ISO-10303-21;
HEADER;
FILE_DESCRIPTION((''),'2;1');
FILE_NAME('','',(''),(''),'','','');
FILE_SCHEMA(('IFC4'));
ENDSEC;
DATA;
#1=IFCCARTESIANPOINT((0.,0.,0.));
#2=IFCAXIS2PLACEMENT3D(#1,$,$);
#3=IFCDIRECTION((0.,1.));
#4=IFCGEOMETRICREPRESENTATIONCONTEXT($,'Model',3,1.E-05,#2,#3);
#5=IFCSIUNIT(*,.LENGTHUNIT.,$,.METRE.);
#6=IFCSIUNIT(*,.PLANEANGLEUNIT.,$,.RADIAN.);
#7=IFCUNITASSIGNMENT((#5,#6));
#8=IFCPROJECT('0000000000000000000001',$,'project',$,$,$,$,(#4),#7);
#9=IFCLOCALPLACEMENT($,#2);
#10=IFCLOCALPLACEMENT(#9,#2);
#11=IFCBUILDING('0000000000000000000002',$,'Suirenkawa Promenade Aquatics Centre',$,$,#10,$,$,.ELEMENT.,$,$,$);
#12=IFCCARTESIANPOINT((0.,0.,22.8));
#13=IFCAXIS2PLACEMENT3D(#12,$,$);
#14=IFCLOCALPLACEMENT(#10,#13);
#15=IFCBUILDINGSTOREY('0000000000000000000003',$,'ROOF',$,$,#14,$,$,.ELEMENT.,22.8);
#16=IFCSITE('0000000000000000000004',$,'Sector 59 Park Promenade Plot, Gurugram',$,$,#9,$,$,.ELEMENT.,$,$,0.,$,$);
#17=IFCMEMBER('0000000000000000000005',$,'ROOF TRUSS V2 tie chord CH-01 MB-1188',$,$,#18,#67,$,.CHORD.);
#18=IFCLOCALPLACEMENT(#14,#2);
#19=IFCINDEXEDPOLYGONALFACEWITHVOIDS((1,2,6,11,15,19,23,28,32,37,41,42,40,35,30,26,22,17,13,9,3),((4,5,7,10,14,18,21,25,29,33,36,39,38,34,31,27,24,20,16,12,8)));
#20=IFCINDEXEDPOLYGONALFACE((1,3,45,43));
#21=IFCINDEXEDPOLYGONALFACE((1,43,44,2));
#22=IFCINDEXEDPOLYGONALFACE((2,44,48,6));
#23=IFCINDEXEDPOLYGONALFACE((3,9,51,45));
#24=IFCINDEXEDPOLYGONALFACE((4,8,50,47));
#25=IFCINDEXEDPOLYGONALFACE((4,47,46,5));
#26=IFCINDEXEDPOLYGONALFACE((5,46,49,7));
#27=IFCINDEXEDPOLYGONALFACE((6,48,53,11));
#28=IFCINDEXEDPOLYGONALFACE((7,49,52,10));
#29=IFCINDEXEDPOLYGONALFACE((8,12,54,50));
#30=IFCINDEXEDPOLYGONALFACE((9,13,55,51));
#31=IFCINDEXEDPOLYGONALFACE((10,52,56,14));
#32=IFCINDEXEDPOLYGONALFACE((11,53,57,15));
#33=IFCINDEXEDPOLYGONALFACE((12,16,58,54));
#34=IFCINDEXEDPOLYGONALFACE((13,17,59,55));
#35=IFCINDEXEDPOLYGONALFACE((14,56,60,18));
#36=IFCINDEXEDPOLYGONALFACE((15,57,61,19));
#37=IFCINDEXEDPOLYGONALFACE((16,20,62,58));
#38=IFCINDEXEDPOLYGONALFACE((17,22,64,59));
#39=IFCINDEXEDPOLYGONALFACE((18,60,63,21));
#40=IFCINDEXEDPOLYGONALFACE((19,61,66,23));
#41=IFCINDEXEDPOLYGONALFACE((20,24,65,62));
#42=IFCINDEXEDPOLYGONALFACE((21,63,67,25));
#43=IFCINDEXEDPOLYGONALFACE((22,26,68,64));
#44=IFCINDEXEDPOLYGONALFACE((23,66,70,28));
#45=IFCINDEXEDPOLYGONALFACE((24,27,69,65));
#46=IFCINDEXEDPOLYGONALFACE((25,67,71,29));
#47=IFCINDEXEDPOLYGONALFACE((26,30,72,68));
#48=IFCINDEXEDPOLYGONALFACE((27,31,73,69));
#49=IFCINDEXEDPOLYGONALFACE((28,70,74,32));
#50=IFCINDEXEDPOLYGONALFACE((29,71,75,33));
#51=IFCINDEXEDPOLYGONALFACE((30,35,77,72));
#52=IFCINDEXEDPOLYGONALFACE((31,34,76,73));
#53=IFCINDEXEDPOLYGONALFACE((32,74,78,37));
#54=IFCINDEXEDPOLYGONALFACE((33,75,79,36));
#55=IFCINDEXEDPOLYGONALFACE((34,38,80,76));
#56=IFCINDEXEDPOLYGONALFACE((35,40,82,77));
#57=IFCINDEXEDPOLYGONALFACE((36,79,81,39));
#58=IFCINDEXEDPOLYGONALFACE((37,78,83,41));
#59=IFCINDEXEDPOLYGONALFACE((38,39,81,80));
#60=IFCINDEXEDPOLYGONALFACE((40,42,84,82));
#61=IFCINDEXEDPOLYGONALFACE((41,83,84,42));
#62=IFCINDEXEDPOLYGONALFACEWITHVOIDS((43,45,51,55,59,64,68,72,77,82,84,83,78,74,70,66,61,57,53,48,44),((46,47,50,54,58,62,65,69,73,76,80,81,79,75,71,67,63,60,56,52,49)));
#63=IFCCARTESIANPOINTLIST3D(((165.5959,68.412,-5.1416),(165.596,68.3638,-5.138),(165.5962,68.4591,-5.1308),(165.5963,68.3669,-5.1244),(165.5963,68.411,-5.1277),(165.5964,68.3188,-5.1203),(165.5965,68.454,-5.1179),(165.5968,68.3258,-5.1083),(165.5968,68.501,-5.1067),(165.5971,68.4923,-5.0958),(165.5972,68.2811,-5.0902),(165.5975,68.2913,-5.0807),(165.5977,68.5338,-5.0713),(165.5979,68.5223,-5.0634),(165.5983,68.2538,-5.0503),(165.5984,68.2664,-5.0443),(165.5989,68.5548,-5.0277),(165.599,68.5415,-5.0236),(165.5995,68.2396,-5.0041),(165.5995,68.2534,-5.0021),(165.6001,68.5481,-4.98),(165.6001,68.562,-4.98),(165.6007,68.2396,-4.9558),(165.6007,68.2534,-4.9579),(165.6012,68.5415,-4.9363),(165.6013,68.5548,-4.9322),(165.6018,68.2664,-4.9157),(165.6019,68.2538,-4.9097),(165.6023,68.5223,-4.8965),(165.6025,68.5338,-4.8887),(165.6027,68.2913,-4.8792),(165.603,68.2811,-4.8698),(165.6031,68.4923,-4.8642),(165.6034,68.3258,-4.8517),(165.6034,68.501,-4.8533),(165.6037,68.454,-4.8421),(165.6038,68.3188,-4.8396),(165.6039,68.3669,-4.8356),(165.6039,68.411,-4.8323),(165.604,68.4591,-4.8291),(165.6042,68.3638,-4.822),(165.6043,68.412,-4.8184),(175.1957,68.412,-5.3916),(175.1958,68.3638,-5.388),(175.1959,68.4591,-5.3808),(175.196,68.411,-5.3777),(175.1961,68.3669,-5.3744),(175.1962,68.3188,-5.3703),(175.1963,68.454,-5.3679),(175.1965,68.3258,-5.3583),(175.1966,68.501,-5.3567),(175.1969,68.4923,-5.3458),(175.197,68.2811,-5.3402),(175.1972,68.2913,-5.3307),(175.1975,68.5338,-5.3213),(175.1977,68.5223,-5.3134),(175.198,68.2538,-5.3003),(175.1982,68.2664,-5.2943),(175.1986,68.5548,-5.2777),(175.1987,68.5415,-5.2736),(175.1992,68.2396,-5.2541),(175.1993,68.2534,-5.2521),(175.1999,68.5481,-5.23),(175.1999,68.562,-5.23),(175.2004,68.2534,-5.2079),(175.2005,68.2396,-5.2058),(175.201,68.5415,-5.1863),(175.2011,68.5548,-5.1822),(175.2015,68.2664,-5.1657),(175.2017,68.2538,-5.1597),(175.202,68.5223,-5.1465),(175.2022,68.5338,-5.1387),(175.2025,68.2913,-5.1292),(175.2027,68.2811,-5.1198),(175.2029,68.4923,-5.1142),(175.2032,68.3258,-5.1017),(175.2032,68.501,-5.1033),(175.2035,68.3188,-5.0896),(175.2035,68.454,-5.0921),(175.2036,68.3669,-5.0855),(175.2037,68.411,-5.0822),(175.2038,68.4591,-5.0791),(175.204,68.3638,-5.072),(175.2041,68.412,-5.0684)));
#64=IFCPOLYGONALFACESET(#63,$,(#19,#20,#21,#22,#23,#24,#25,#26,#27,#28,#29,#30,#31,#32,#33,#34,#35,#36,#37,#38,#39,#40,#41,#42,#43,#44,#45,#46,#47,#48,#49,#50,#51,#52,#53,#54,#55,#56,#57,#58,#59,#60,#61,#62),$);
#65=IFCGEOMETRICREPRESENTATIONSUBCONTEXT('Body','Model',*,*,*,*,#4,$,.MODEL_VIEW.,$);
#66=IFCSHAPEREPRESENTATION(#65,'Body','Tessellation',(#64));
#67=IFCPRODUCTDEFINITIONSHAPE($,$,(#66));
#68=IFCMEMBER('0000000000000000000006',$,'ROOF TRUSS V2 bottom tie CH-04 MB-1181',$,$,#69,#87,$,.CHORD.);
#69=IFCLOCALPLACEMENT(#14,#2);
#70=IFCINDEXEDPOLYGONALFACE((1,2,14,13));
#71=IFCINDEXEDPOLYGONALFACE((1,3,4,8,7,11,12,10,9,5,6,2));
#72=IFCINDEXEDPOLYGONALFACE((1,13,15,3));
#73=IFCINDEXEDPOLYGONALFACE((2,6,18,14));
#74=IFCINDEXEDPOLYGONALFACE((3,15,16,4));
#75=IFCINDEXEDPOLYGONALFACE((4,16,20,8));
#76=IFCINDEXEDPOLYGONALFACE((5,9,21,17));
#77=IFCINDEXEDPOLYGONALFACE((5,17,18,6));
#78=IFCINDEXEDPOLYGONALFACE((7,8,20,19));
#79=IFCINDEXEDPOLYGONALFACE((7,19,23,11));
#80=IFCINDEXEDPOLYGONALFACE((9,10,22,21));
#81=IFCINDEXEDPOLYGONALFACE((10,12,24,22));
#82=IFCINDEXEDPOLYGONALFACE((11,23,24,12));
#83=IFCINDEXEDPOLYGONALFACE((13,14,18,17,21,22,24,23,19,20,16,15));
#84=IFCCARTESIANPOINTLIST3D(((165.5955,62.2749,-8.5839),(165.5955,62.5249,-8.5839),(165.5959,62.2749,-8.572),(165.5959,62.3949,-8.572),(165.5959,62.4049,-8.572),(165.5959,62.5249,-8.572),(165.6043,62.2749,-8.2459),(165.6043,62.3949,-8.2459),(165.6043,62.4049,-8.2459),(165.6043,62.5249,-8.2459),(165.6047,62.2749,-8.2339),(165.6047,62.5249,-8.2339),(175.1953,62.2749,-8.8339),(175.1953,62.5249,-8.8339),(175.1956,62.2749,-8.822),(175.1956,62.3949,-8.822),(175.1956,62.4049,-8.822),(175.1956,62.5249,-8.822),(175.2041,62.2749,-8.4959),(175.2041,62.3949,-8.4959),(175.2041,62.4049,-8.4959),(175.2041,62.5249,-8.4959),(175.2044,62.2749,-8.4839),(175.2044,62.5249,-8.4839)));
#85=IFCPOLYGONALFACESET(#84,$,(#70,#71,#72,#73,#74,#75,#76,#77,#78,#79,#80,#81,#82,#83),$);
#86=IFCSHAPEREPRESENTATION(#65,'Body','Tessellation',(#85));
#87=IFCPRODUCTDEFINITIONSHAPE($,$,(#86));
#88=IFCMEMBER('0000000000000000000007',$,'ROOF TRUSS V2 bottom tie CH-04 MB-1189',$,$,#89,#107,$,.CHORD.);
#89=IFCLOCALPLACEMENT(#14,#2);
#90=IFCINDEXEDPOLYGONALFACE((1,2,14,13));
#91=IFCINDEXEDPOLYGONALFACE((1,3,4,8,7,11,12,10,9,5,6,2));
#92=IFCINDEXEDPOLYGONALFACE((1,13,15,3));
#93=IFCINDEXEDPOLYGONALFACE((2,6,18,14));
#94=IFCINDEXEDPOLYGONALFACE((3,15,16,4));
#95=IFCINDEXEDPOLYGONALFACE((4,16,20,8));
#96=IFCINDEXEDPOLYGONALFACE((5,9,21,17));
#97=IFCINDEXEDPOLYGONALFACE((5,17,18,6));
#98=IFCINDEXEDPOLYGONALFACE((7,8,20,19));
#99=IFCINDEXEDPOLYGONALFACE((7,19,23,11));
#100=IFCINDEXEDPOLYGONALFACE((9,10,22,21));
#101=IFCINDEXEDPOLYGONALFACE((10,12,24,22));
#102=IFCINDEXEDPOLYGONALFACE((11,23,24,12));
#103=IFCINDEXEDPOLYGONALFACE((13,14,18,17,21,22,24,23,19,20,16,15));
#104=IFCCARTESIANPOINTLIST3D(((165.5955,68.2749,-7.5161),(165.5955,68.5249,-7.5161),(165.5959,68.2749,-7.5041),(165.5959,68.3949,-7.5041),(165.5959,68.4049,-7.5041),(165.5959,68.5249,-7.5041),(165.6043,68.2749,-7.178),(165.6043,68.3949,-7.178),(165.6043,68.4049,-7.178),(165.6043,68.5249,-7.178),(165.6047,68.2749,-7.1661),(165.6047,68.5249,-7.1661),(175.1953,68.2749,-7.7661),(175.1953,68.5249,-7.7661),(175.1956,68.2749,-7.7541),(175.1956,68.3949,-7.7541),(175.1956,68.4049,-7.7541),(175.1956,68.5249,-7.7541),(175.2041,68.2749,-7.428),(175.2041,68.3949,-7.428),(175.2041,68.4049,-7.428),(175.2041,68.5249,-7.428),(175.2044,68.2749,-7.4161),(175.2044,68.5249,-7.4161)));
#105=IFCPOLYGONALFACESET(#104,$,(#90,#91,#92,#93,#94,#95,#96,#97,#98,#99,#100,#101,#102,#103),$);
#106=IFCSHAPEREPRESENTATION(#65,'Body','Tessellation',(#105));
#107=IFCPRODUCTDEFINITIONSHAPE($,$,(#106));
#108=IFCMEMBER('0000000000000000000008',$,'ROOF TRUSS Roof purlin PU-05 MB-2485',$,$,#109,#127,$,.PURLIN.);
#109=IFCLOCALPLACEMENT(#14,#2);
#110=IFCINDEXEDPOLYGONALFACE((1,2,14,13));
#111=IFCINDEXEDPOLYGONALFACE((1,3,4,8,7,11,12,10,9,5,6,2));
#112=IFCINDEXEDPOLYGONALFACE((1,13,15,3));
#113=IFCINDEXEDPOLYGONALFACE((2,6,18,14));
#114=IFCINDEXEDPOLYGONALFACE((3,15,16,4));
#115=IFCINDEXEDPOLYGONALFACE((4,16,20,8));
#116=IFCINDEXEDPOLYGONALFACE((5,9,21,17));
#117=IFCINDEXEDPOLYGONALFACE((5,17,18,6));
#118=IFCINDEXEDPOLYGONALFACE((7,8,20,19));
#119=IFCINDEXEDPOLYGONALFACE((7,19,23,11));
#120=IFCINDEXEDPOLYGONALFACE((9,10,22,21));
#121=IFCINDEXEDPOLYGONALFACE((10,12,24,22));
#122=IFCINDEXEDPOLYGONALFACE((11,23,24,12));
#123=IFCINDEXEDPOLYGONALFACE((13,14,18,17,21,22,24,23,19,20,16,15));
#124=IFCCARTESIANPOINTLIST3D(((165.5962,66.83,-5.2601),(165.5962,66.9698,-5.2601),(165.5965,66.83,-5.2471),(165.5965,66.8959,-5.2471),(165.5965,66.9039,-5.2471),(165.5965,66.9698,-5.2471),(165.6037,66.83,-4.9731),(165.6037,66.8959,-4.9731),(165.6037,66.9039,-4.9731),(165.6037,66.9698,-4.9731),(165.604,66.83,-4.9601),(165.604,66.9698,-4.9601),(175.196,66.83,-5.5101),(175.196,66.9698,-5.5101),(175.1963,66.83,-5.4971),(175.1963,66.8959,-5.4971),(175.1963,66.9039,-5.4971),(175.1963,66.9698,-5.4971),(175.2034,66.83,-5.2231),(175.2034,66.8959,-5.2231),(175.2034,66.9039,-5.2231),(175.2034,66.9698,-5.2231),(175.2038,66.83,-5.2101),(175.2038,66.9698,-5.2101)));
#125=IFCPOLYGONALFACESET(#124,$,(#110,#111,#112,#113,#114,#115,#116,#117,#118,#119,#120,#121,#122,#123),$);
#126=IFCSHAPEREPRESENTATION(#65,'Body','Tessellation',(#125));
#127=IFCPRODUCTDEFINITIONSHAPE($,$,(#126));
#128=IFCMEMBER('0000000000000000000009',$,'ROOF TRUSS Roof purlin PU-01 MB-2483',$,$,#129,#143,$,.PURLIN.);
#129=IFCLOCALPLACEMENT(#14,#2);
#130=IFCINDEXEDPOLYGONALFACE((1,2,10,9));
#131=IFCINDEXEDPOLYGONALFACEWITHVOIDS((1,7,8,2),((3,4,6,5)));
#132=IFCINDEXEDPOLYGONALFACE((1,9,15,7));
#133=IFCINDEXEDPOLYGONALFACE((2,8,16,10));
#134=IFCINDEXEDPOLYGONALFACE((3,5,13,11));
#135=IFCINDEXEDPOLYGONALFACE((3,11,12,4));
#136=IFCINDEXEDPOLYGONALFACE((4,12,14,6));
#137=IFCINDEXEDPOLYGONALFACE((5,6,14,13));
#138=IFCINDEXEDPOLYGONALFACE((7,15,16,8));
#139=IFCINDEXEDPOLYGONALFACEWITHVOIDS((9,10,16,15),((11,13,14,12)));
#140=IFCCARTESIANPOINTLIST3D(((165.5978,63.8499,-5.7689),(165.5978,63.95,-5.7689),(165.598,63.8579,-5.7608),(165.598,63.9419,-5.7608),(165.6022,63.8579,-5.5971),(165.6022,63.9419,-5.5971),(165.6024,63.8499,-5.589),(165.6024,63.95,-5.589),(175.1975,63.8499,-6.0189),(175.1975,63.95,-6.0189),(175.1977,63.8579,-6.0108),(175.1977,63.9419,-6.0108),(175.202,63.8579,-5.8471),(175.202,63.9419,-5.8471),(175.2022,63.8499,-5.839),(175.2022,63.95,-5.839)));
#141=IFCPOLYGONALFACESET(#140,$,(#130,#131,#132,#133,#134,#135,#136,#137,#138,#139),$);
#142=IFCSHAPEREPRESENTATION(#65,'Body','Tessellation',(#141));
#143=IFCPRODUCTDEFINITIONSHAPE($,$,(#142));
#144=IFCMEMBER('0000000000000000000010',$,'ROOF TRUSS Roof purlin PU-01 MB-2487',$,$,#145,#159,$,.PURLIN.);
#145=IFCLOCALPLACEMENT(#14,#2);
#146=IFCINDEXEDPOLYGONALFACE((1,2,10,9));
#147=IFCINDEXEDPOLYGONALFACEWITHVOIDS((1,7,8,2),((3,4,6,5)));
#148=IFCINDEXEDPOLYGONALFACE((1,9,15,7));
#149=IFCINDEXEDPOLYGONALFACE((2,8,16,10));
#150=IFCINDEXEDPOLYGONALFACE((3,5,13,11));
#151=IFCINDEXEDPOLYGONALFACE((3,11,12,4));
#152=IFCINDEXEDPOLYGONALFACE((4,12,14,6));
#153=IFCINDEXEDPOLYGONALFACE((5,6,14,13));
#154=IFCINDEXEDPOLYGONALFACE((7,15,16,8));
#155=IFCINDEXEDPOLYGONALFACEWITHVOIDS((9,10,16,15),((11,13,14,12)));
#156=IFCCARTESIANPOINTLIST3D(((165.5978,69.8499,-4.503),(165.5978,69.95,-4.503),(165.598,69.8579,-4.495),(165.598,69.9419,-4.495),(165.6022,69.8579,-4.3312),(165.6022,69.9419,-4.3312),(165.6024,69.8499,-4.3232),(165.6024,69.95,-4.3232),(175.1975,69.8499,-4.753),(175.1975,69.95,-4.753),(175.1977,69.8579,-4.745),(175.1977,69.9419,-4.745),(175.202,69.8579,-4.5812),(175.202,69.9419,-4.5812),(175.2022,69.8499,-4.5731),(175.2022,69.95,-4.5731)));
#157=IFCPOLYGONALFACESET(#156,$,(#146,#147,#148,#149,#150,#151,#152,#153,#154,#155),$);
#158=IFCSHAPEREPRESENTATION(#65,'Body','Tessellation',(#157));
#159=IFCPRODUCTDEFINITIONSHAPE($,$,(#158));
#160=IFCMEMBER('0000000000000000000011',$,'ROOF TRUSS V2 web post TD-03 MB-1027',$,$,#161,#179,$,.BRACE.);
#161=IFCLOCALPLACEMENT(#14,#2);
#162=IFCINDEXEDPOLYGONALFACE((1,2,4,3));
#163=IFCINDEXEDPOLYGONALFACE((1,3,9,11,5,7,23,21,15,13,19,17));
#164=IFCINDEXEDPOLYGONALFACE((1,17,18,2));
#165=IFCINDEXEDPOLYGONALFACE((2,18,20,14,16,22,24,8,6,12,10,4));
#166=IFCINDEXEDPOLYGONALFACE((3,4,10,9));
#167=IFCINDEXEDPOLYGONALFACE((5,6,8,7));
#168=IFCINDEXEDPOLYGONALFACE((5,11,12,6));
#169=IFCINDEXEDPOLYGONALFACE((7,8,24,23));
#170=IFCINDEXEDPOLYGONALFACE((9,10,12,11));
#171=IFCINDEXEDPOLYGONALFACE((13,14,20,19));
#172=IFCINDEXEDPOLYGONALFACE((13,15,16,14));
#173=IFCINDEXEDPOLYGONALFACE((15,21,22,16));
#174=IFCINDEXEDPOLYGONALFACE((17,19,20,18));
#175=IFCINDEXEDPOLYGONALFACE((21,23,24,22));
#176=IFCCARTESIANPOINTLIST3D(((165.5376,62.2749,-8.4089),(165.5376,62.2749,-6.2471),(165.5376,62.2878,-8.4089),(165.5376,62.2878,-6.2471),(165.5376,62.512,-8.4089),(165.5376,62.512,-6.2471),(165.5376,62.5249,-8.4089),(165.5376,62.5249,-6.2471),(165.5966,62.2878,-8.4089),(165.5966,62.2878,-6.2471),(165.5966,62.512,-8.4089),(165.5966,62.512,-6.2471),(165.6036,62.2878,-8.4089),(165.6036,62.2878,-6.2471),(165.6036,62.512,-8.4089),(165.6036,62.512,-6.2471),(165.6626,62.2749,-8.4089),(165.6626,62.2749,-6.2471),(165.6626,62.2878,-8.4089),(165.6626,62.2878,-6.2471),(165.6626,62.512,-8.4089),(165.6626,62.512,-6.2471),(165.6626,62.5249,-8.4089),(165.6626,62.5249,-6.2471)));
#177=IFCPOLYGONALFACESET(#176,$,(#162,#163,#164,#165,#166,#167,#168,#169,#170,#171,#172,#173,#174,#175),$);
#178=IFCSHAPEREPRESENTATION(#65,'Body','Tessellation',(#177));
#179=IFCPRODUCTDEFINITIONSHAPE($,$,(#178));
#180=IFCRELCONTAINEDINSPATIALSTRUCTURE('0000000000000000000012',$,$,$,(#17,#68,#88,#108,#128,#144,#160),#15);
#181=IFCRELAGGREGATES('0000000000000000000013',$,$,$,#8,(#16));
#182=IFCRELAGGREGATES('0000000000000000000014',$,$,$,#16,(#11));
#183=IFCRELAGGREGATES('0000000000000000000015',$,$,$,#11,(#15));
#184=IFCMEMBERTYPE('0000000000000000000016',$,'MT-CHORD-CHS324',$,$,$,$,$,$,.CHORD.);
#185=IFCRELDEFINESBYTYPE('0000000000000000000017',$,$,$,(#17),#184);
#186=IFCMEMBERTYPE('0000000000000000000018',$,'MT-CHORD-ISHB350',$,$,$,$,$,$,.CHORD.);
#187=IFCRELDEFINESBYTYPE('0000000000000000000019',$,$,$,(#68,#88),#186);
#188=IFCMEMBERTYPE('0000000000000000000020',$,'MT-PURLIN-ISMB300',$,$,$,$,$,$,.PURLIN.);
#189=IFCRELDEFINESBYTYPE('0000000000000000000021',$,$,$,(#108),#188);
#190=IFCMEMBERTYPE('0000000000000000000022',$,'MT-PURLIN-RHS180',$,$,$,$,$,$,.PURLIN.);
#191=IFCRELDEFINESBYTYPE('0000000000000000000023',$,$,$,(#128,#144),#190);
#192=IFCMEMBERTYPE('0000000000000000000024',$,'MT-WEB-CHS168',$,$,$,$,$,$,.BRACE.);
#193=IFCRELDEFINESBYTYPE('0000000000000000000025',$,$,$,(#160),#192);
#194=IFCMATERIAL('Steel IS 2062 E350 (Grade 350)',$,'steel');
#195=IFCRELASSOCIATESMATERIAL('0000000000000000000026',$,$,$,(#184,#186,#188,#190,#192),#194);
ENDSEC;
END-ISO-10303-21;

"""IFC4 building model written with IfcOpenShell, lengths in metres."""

from ifc_helpers import new_model, si_unit, direction, frame, origin, origin_2d, place, context, subcontext, project, spatial, hollow_rectangle, hollow_circle, i_section, extrude, material, material_profile, profile_set, type_object, element, save


model = new_model("IFC4")

# Units and contexts
model_context = context("Model", 3, precision=1e-05, world=origin(), true_north=direction((0.0, 1.0)))
body_context = subcontext(model_context, "Body", "Model", "MODEL_VIEW")
ifc_project = project(units=[si_unit("LENGTHUNIT", "METRE"), si_unit("PLANEANGLEUNIT", "RADIAN")], contexts=[model_context])

# Site, building, storey
site_placement = place(None, origin())
site = spatial("IfcSite", under=ifc_project, at=site_placement, Name="Sector 59 Park Promenade Plot, Gurugram", CompositionType="ELEMENT", RefElevation=0.0)
building_placement = place(site_placement, origin())
building = spatial("IfcBuilding", under=site, at=building_placement, Name="Suirenkawa Promenade Aquatics Centre", CompositionType="ELEMENT")
storey_placement = place(building_placement, frame((0.0, 0.0, 22.8)))
storey = spatial("IfcBuildingStorey", under=building, at=storey_placement, Name="ROOF", CompositionType="ELEMENT", Elevation=22.8)

# Shared definitions
ifc_material = material(Name="Steel IS 2062 E350 (Grade 350)", Category="steel")

# Members
ifc_material_profile_1 = material_profile(ifc_material, hollow_circle(Radius=0.1621, WallThickness=0.0139, at=origin_2d()), Name="CHS 324x14", Category="steel")
ifc_profile_set_1 = profile_set([ifc_material_profile_1], Name="Steel IS 2062 E350 (Grade 350)")
member_type_1 = type_object("IfcMemberType", Name="MT-CHORD-CHS324", PredefinedType="CHORD", material=ifc_profile_set_1)
for number, where, z_axis, x_axis, name in (
    (1, (165.6001, 68.3999, -4.98), (0.999661, 0.0, -0.026033), (0.0, 1.0, 0.0), "ROOF TRUSS V2 tie chord CH-01 MB-1188"),
):
    element("IfcMember", number, at=place(storey_placement, frame(where, z_axis=z_axis, x_axis=x_axis)), inside=storey, type_object=member_type_1, Name=name, PredefinedType="CHORD", context=body_context, shape_type="SweptSolid", body=[
        extrude(hollow_circle(Radius=0.1621, WallThickness=0.0139, at=origin_2d()), origin(), (0.0, 0.0, 1.0), 9.603),
    ])
ifc_material_profile_2 = material_profile(ifc_material, i_section(OverallWidth=0.25, OverallDepth=0.3501, WebThickness=0.01, FlangeThickness=0.012, at=origin_2d()), Name="ISHB 350", Category="steel")
ifc_profile_set_2 = profile_set([ifc_material_profile_2], Name="Steel IS 2062 E350 (Grade 350)")
member_type_2 = type_object("IfcMemberType", Name="MT-CHORD-ISHB350", PredefinedType="CHORD", material=ifc_profile_set_2)
for number, where, z_axis, x_axis, name in (
    (2, (165.6001, 62.3999, -8.4089), (0.999661, 0.0, -0.026033), (0.0, 1.0, 0.0), "ROOF TRUSS V2 bottom tie CH-04 MB-1181"),
    (3, (165.6001, 68.3999, -7.3411), (0.999661, 0.0, -0.026033), (0.0, 1.0, 0.0), "ROOF TRUSS V2 bottom tie CH-04 MB-1189"),
):
    element("IfcMember", number, at=place(storey_placement, frame(where, z_axis=z_axis, x_axis=x_axis)), inside=storey, type_object=member_type_2, Name=name, PredefinedType="CHORD", context=body_context, shape_type="SweptSolid", body=[
        extrude(i_section(OverallWidth=0.25, OverallDepth=0.3501, WebThickness=0.01, FlangeThickness=0.012, at=origin_2d()), origin(), (0.0, 0.0, 1.0), 9.603),
    ])
ifc_material_profile_3 = material_profile(ifc_material, i_section(OverallWidth=0.1399, OverallDepth=0.3, WebThickness=0.0081, FlangeThickness=0.0129, at=origin_2d()), Name="ISMB 300", Category="steel")
ifc_profile_set_3 = profile_set([ifc_material_profile_3], Name="Steel IS 2062 E350 (Grade 350)")
member_type_3 = type_object("IfcMemberType", Name="MT-PURLIN-ISMB300", PredefinedType="PURLIN", material=ifc_profile_set_3)
member_1_placement = place(storey_placement, frame((165.6001, 66.8999, -5.1101), z_axis=(0.999661, 0.0, -0.026033), x_axis=(0.0, 1.0, 0.0)))
element("IfcMember", 4, at=member_1_placement, inside=storey, type_object=member_type_3, Name="ROOF TRUSS Roof purlin PU-05 MB-2485", PredefinedType="PURLIN", context=body_context, shape_type="SweptSolid", body=[
    extrude(i_section(OverallWidth=0.1399, OverallDepth=0.3, WebThickness=0.0081, FlangeThickness=0.0129, at=origin_2d()), origin(), (0.0, 0.0, 1.0), 9.603),
])
ifc_material_profile_4 = material_profile(ifc_material, hollow_rectangle(XDim=0.1001, YDim=0.1799, WallThickness=0.0081, at=origin_2d()), Name="RHS 180x100x8", Category="steel")
ifc_profile_set_4 = profile_set([ifc_material_profile_4], Name="Steel IS 2062 E350 (Grade 350)")
member_type_4 = type_object("IfcMemberType", Name="MT-PURLIN-RHS180", PredefinedType="PURLIN", material=ifc_profile_set_4)
for number, where, z_axis, x_axis, name in (
    (5, (165.6001, 63.8999, -5.679), (0.999661, 0.0, -0.026033), (0.0, 1.0, 0.0), "ROOF TRUSS Roof purlin PU-01 MB-2483"),
    (6, (165.6001, 69.8999, -4.4131), (0.999661, 0.0, -0.026033), (0.0, 1.0, 0.0), "ROOF TRUSS Roof purlin PU-01 MB-2487"),
):
    element("IfcMember", number, at=place(storey_placement, frame(where, z_axis=z_axis, x_axis=x_axis)), inside=storey, type_object=member_type_4, Name=name, PredefinedType="PURLIN", context=body_context, shape_type="SweptSolid", body=[
        extrude(hollow_rectangle(XDim=0.1001, YDim=0.1799, WallThickness=0.0081, at=origin_2d()), origin(), (0.0, 0.0, 1.0), 9.603),
    ])
ifc_material_profile_5 = material_profile(ifc_material, i_section(OverallWidth=0.125, OverallDepth=0.25, WebThickness=0.0071, FlangeThickness=0.0129, at=origin_2d()), Name="ISMB 250", Category="steel")
ifc_profile_set_5 = profile_set([ifc_material_profile_5], Name="Steel IS 2062 E350 (Grade 350)")
member_type_5 = type_object("IfcMemberType", Name="MT-WEB-CHS168", PredefinedType="BRACE", material=ifc_profile_set_5)
member_2_placement = place(storey_placement, frame((165.6001, 62.3999, -8.4089), z_axis=(0.0, 0.0, 1.0), x_axis=(1.0, 0.0, 0.0)))
element("IfcMember", 7, at=member_2_placement, inside=storey, type_object=member_type_5, Name="ROOF TRUSS V2 web post TD-03 MB-1027", PredefinedType="BRACE", context=body_context, shape_type="SweptSolid", body=[
    extrude(i_section(OverallWidth=0.125, OverallDepth=0.25, WebThickness=0.0071, FlangeThickness=0.0129, at=origin_2d()), origin(), (0.0, 0.0, 1.0), 2.1619),
])

save(model, "model.ifc")
